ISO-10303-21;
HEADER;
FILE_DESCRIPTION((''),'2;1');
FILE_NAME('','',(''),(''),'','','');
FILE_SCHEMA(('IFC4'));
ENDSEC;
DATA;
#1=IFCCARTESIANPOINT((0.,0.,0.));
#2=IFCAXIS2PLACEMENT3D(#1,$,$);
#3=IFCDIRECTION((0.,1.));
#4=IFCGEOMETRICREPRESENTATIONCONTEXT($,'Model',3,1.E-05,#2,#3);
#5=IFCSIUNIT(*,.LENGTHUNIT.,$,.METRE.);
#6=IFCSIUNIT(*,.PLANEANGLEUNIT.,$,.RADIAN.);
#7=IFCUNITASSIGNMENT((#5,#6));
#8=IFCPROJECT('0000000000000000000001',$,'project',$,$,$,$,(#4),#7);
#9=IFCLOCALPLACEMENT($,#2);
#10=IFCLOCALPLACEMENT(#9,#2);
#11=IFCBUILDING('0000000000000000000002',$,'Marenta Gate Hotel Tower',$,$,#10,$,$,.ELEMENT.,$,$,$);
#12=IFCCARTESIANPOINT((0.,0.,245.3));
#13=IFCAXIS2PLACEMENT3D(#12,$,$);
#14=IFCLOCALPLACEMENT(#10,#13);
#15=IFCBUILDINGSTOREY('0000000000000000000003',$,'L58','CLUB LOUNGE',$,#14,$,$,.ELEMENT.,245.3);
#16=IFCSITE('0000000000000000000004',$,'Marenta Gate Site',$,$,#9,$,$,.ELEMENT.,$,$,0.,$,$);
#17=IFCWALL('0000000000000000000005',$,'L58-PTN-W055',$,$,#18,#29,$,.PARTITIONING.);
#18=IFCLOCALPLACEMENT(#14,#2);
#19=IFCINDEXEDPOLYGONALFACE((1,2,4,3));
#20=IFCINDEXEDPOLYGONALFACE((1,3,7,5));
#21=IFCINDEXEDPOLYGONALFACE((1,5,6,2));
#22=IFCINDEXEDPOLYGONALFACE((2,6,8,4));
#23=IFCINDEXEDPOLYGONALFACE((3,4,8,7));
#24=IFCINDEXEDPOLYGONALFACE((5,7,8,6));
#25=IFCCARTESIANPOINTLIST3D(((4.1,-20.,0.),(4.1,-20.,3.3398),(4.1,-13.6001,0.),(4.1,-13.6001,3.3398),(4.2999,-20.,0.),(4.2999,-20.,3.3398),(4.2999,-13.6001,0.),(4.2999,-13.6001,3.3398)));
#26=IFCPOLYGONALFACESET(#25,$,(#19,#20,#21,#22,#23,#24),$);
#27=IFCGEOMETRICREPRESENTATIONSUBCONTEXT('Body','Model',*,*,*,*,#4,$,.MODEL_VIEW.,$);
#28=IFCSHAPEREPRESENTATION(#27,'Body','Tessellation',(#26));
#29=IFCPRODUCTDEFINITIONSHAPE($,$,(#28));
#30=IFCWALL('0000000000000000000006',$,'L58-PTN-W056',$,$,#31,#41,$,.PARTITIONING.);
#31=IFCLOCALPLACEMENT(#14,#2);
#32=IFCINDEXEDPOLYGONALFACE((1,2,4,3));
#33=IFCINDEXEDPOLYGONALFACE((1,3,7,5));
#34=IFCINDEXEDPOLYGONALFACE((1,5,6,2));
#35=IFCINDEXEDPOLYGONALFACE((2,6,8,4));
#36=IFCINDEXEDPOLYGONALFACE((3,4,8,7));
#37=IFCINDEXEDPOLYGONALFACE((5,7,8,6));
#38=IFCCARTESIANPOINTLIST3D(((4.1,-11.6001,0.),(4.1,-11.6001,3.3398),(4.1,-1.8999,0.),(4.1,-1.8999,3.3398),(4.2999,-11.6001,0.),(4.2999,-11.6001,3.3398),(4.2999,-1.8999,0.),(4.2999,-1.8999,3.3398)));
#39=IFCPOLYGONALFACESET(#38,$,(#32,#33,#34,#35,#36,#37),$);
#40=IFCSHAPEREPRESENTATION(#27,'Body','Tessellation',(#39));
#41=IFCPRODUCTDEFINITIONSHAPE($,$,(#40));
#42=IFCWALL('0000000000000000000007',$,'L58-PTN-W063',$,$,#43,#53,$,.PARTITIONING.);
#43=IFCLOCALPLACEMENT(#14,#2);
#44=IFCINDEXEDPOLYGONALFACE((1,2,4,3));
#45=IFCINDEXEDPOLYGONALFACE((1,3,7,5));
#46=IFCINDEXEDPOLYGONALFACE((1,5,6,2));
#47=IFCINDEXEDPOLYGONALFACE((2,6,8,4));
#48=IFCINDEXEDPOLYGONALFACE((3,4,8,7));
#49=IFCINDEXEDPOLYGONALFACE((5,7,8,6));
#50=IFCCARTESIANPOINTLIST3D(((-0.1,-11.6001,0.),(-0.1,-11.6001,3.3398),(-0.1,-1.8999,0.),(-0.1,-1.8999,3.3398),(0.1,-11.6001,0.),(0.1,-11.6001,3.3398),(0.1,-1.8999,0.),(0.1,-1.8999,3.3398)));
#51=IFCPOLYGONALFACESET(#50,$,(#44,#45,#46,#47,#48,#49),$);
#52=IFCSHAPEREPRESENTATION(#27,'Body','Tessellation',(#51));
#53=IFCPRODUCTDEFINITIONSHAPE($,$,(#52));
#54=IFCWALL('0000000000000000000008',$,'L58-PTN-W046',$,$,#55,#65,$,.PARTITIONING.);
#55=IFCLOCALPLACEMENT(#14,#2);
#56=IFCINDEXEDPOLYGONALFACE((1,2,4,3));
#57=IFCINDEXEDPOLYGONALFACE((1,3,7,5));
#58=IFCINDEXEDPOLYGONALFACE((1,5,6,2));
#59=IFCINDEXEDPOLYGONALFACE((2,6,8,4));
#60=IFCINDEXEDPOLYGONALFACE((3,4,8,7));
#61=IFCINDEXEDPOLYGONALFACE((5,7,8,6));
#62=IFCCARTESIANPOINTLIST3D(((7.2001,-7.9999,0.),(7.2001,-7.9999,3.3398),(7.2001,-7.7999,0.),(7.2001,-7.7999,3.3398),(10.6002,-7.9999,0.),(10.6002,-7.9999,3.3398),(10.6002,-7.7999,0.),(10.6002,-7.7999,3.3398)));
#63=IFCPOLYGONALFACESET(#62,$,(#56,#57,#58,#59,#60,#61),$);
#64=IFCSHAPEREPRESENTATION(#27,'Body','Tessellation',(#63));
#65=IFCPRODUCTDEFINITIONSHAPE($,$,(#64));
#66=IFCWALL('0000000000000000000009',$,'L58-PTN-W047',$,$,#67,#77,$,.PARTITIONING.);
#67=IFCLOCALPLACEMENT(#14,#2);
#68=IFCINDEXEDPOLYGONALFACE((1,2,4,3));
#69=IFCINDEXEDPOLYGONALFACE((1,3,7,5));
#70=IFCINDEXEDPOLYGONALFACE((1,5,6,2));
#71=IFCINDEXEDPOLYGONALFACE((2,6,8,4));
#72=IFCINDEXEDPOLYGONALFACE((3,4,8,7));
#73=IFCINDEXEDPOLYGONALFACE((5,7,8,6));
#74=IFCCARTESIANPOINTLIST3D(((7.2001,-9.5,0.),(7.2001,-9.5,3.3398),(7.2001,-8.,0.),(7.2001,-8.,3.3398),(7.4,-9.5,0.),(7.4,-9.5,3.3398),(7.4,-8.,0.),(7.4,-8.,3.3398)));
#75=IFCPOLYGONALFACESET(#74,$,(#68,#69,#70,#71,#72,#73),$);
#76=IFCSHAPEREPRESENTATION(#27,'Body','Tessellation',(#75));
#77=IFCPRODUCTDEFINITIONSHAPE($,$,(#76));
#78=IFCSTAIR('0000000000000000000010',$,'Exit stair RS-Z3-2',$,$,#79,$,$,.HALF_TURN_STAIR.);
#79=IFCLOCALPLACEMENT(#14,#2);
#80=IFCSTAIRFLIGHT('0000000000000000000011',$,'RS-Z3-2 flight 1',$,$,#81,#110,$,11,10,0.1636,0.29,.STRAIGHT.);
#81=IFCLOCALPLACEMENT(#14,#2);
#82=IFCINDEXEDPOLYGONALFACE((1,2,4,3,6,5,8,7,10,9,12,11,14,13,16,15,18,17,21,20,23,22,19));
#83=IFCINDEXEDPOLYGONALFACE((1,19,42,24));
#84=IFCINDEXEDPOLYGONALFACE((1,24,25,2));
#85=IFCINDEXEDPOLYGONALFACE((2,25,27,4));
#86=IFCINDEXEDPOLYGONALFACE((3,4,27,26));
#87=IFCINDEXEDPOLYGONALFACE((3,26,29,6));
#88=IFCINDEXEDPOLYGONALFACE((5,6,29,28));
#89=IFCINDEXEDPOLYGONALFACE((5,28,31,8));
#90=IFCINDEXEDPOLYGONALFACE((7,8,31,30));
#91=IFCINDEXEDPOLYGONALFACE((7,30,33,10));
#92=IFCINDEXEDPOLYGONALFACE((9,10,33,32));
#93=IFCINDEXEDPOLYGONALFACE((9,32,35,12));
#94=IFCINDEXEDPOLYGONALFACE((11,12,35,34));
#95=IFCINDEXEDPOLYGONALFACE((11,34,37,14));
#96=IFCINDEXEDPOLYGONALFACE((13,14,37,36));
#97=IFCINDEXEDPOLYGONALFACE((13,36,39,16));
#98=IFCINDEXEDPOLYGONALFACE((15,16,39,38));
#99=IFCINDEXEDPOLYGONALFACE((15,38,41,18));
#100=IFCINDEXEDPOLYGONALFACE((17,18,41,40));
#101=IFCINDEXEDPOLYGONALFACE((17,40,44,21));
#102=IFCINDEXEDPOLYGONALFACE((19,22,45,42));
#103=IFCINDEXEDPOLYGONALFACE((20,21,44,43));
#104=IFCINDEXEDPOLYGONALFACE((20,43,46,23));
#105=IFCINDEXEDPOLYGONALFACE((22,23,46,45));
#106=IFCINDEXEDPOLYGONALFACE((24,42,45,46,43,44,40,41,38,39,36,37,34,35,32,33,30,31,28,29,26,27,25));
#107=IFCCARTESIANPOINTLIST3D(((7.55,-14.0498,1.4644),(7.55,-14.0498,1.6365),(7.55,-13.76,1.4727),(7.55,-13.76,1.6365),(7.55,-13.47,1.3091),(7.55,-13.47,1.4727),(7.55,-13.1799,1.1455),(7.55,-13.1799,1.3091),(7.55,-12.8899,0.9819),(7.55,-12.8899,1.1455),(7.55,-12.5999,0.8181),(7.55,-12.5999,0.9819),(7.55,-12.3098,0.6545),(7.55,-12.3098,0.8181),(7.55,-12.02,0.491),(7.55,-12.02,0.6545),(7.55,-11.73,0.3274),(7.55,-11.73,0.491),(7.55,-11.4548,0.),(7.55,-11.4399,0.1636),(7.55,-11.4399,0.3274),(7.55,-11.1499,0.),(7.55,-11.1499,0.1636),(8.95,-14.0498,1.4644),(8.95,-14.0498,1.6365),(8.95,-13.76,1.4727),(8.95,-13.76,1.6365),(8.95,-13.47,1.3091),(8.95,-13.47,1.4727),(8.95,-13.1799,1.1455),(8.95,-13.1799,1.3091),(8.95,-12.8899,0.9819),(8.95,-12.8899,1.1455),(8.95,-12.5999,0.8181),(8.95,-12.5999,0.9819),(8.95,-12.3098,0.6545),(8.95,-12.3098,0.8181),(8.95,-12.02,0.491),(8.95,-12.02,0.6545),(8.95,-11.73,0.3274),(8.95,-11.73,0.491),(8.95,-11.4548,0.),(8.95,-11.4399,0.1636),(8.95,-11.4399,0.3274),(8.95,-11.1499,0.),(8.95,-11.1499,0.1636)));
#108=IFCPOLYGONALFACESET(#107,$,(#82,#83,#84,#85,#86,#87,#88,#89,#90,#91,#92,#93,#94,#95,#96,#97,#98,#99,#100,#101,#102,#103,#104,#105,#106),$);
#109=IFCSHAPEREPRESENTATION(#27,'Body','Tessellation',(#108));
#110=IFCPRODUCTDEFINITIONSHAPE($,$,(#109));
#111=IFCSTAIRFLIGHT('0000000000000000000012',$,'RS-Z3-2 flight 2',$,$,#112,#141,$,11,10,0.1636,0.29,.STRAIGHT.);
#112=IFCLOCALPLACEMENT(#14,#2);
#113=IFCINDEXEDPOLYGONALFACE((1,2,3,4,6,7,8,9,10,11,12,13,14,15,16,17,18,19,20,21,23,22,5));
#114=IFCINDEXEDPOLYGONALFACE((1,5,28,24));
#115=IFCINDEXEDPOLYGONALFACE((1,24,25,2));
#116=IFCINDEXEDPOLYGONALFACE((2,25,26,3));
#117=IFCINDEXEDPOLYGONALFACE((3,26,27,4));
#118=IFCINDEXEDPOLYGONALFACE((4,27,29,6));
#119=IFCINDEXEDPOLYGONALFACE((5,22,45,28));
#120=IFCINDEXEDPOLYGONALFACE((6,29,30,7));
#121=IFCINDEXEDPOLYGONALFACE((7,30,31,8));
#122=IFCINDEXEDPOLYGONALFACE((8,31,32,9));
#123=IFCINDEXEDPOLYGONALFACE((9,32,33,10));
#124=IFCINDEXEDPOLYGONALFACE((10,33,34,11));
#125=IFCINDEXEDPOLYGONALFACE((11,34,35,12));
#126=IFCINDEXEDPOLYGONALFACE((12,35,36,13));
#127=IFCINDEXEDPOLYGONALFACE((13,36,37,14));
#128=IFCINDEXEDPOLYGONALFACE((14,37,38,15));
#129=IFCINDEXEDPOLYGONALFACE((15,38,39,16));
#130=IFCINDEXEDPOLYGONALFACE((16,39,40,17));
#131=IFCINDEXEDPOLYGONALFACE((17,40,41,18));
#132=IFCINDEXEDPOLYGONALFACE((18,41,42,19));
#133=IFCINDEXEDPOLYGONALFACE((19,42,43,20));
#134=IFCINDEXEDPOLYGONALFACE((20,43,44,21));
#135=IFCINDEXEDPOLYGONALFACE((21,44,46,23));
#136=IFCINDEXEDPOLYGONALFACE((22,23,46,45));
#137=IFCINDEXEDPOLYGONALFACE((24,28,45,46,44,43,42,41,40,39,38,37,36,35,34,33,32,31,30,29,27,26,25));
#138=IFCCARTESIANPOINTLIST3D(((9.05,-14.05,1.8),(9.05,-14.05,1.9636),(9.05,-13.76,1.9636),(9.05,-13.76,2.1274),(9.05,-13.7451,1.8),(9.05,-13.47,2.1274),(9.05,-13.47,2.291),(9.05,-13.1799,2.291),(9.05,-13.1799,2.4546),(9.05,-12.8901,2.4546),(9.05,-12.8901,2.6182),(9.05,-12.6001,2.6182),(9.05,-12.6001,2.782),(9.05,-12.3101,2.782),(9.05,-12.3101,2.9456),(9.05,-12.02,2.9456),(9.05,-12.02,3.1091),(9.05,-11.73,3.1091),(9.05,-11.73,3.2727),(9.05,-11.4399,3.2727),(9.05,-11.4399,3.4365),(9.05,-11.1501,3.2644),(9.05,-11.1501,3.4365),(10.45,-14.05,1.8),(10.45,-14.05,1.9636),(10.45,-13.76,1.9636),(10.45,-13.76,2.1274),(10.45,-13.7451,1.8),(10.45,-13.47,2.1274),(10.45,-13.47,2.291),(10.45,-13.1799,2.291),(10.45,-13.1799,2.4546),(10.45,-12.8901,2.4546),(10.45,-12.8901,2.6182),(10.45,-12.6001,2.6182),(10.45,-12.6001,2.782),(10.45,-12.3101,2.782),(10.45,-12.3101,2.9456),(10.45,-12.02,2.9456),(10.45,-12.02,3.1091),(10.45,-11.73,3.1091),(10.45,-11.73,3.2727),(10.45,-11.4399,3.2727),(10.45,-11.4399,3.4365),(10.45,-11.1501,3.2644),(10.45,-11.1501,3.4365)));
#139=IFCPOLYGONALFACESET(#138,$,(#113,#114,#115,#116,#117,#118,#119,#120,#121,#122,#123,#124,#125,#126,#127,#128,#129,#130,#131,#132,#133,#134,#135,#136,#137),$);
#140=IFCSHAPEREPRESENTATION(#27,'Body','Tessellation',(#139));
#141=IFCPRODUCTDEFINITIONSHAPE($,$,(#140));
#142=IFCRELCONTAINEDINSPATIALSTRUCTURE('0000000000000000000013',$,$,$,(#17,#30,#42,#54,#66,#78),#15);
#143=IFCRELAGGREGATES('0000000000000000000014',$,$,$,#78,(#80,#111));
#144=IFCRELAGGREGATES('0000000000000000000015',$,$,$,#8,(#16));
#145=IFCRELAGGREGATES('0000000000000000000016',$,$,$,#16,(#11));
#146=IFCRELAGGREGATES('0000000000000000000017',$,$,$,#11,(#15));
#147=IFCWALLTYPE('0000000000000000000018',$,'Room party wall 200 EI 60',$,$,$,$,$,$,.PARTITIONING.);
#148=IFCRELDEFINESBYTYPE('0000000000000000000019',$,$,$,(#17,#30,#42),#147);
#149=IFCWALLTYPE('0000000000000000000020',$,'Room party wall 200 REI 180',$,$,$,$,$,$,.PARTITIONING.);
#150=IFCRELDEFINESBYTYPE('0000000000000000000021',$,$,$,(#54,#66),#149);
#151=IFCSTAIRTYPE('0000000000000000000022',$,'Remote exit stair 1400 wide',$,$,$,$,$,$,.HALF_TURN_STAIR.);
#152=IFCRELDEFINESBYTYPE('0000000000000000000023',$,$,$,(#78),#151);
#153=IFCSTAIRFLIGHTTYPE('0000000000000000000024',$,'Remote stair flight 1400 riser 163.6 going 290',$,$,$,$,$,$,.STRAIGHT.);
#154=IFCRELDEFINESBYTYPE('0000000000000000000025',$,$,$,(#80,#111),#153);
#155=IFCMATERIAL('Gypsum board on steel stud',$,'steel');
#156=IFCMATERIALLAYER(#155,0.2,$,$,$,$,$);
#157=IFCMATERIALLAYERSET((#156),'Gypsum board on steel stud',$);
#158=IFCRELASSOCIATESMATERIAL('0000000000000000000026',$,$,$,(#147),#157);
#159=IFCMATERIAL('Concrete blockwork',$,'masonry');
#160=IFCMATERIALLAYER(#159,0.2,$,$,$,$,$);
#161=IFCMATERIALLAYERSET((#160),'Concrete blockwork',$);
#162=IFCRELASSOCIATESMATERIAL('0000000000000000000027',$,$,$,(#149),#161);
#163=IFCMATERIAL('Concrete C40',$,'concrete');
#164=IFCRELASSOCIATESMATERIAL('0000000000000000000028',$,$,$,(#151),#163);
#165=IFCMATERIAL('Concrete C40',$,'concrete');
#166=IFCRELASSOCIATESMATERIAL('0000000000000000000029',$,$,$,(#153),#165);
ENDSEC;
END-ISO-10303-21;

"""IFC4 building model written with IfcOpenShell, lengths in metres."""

from ifc_helpers import new_model, si_unit, direction, frame, frame_2d, origin, place, context, subcontext, project, spatial, polyline, rectangle, outline, extrude, material, layer, layer_set, type_object, element, aggregate, save


model = new_model("IFC4")

# Units and contexts
model_context = context("Model", 3, precision=1e-05, world=origin(), true_north=direction((0.0, 1.0)))
body_context = subcontext(model_context, "Body", "Model", "MODEL_VIEW")
ifc_project = project(units=[si_unit("LENGTHUNIT", "METRE"), si_unit("PLANEANGLEUNIT", "RADIAN")], contexts=[model_context])

# Site, building, storey
site_placement = place(None, origin())
site = spatial("IfcSite", under=ifc_project, at=site_placement, Name="Marenta Gate Site", CompositionType="ELEMENT", RefElevation=0.0)
building_placement = place(site_placement, origin())
building = spatial("IfcBuilding", under=site, at=building_placement, Name="Marenta Gate Hotel Tower", CompositionType="ELEMENT")
storey_placement = place(building_placement, frame((0.0, 0.0, 245.3)))
storey = spatial("IfcBuildingStorey", under=building, at=storey_placement, Name="L58", Description="CLUB LOUNGE", CompositionType="ELEMENT", Elevation=245.3)

# Walls
ifc_material_1 = material(Name="Gypsum board on steel stud", Category="steel")
ifc_layer_1 = layer(ifc_material_1, 0.2)
ifc_layer_set_1 = layer_set([ifc_layer_1], Name="Gypsum board on steel stud")
wall_type_1 = type_object("IfcWallType", Name="Room party wall 200 EI 60", PredefinedType="PARTITIONING", material=ifc_layer_set_1)
wall_1_placement = place(storey_placement, frame((4.2, -20.0, 0.0), z_axis=(0.0, 0.0, 1.0), x_axis=(0.0, 1.0, 0.0)))
element("IfcWall", 1, at=wall_1_placement, inside=storey, type_object=wall_type_1, Name="L58-PTN-W055", PredefinedType="PARTITIONING", context=body_context, shape_type="SweptSolid", body=[
    extrude(rectangle(XDim=6.3999, YDim=0.2, at=frame_2d((3.2, 0.0))), origin(), (0.0, 0.0, 1.0), 3.3398),
])
for number, where, z_axis, x_axis, name in (
    (2, (4.2, -11.6001, 0.0), (0.0, 0.0, 1.0), (0.0, 1.0, 0.0), "L58-PTN-W056"),
    (3, (0.0, -11.6001, 0.0), (0.0, 0.0, 1.0), (0.0, 1.0, 0.0), "L58-PTN-W063"),
):
    element("IfcWall", number, at=place(storey_placement, frame(where, z_axis=z_axis, x_axis=x_axis)), inside=storey, type_object=wall_type_1, Name=name, PredefinedType="PARTITIONING", context=body_context, shape_type="SweptSolid", body=[
        extrude(rectangle(XDim=9.7002, YDim=0.2, at=frame_2d((4.8501, 0.0))), origin(), (0.0, 0.0, 1.0), 3.3398),
    ])
ifc_material_2 = material(Name="Concrete blockwork", Category="masonry")
ifc_layer_2 = layer(ifc_material_2, 0.2)
ifc_layer_set_2 = layer_set([ifc_layer_2], Name="Concrete blockwork")
wall_type_2 = type_object("IfcWallType", Name="Room party wall 200 REI 180", PredefinedType="PARTITIONING", material=ifc_layer_set_2)
wall_2_placement = place(storey_placement, frame((7.2, -7.8999, 0.0), z_axis=(0.0, 0.0, 1.0), x_axis=(1.0, 0.0, 0.0)))
element("IfcWall", 4, at=wall_2_placement, inside=storey, type_object=wall_type_2, Name="L58-PTN-W046", PredefinedType="PARTITIONING", context=body_context, shape_type="SweptSolid", body=[
    extrude(rectangle(XDim=3.4001, YDim=0.2, at=frame_2d((1.7002, 0.0))), origin(), (0.0, 0.0, 1.0), 3.3398),
])
wall_3_placement = place(storey_placement, frame((7.3, -9.5, 0.0), z_axis=(0.0, 0.0, 1.0), x_axis=(0.0, 1.0, 0.0)))
element("IfcWall", 5, at=wall_3_placement, inside=storey, type_object=wall_type_2, Name="L58-PTN-W047", PredefinedType="PARTITIONING", context=body_context, shape_type="SweptSolid", body=[
    extrude(rectangle(XDim=1.5, YDim=0.2, at=frame_2d((0.75, 0.0))), origin(), (0.0, 0.0, 1.0), 3.3398),
])

# Stair, stair flights
ifc_material_3 = material(Name="Concrete C40", Category="concrete")
stair_type = type_object("IfcStairType", Name="Remote exit stair 1400 wide", PredefinedType="HALF_TURN_STAIR", material=ifc_material_3)
stair_placement = place(storey_placement, origin())
stair = element("IfcStair", 6, at=stair_placement, inside=storey, type_object=stair_type, Name="Exit stair RS-Z3-2", PredefinedType="HALF_TURN_STAIR")
ifc_material_4 = material(Name="Concrete C40", Category="concrete")
stair_flight_type = type_object("IfcStairFlightType", Name="Remote stair flight 1400 riser 163.6 going 290", PredefinedType="STRAIGHT", material=ifc_material_4)
stair_flight_1_placement = place(storey_placement, frame((8.25, -11.1499, 0.0), z_axis=(0.0, 0.0, 1.0), x_axis=(0.0, -1.0, 0.0)))
stair_flight_1 = element("IfcStairFlight", 7, at=stair_flight_1_placement, type_object=stair_flight_type, Name="RS-Z3-2 flight 1", NumberOfRisers=11, NumberOfTreads=10, PredefinedType="STRAIGHT", RiserHeight=0.1636, TreadLength=0.29, context=body_context, shape_type="SweptSolid", body=[
    extrude(outline(polyline([(0.0, 0.0), (0.0, 0.1636), (0.29, 0.1636), (0.29, 0.3274), (0.5801, 0.3274), (0.5801, 0.491), (0.8701, 0.491), (0.8701, 0.6545), (1.1599, 0.6545), (1.1599, 0.8181), (1.45, 0.8181), (1.45, 0.9819), (1.74, 0.9819), (1.74, 1.1455), (2.03, 1.1455), (2.03, 1.3091), (2.3201, 1.3091), (2.3201, 1.4727), (2.6101, 1.4727), (2.6101, 1.6365), (2.8999, 1.6365), (2.8999, 1.8), (2.8999, 1.4644), (0.3049, 0.0), (0.0, 0.0)])), frame((0.0, 0.7, 0.0), z_axis=(0.0, -1.0, 0.0), x_axis=(1.0, 0.0, 0.0)), (0.0, 0.0, 1.0), 1.3999),
])
stair_flight_2_placement = place(storey_placement, frame((9.75, -14.05, 1.8), z_axis=(0.0, 0.0, 1.0), x_axis=(0.0, 1.0, 0.0)))
stair_flight_2 = element("IfcStairFlight", 8, at=stair_flight_2_placement, type_object=stair_flight_type, Name="RS-Z3-2 flight 2", NumberOfRisers=11, NumberOfTreads=10, PredefinedType="STRAIGHT", RiserHeight=0.1636, TreadLength=0.29, context=body_context, shape_type="SweptSolid", body=[
    extrude(outline(polyline([(0.0, 0.0), (0.0, 0.1636), (0.29, 0.1636), (0.29, 0.3274), (0.5801, 0.3274), (0.5801, 0.491), (0.8701, 0.491), (0.8701, 0.6545), (1.1599, 0.6545), (1.1599, 0.8181), (1.45, 0.8181), (1.45, 0.9819), (1.74, 0.9819), (1.74, 1.1455), (2.03, 1.1455), (2.03, 1.3091), (2.3201, 1.3091), (2.3201, 1.4727), (2.6101, 1.4727), (2.6101, 1.6365), (2.8999, 1.6365), (2.8999, 1.8), (2.8999, 1.4644), (0.3049, 0.0), (0.0, 0.0)])), frame((0.0, 0.7, 0.0), z_axis=(0.0, -1.0, 0.0), x_axis=(1.0, 0.0, 0.0)), (0.0, 0.0, 1.0), 1.3999),
])
aggregate(stair, [stair_flight_1, stair_flight_2])

save(model, "model.ifc")
